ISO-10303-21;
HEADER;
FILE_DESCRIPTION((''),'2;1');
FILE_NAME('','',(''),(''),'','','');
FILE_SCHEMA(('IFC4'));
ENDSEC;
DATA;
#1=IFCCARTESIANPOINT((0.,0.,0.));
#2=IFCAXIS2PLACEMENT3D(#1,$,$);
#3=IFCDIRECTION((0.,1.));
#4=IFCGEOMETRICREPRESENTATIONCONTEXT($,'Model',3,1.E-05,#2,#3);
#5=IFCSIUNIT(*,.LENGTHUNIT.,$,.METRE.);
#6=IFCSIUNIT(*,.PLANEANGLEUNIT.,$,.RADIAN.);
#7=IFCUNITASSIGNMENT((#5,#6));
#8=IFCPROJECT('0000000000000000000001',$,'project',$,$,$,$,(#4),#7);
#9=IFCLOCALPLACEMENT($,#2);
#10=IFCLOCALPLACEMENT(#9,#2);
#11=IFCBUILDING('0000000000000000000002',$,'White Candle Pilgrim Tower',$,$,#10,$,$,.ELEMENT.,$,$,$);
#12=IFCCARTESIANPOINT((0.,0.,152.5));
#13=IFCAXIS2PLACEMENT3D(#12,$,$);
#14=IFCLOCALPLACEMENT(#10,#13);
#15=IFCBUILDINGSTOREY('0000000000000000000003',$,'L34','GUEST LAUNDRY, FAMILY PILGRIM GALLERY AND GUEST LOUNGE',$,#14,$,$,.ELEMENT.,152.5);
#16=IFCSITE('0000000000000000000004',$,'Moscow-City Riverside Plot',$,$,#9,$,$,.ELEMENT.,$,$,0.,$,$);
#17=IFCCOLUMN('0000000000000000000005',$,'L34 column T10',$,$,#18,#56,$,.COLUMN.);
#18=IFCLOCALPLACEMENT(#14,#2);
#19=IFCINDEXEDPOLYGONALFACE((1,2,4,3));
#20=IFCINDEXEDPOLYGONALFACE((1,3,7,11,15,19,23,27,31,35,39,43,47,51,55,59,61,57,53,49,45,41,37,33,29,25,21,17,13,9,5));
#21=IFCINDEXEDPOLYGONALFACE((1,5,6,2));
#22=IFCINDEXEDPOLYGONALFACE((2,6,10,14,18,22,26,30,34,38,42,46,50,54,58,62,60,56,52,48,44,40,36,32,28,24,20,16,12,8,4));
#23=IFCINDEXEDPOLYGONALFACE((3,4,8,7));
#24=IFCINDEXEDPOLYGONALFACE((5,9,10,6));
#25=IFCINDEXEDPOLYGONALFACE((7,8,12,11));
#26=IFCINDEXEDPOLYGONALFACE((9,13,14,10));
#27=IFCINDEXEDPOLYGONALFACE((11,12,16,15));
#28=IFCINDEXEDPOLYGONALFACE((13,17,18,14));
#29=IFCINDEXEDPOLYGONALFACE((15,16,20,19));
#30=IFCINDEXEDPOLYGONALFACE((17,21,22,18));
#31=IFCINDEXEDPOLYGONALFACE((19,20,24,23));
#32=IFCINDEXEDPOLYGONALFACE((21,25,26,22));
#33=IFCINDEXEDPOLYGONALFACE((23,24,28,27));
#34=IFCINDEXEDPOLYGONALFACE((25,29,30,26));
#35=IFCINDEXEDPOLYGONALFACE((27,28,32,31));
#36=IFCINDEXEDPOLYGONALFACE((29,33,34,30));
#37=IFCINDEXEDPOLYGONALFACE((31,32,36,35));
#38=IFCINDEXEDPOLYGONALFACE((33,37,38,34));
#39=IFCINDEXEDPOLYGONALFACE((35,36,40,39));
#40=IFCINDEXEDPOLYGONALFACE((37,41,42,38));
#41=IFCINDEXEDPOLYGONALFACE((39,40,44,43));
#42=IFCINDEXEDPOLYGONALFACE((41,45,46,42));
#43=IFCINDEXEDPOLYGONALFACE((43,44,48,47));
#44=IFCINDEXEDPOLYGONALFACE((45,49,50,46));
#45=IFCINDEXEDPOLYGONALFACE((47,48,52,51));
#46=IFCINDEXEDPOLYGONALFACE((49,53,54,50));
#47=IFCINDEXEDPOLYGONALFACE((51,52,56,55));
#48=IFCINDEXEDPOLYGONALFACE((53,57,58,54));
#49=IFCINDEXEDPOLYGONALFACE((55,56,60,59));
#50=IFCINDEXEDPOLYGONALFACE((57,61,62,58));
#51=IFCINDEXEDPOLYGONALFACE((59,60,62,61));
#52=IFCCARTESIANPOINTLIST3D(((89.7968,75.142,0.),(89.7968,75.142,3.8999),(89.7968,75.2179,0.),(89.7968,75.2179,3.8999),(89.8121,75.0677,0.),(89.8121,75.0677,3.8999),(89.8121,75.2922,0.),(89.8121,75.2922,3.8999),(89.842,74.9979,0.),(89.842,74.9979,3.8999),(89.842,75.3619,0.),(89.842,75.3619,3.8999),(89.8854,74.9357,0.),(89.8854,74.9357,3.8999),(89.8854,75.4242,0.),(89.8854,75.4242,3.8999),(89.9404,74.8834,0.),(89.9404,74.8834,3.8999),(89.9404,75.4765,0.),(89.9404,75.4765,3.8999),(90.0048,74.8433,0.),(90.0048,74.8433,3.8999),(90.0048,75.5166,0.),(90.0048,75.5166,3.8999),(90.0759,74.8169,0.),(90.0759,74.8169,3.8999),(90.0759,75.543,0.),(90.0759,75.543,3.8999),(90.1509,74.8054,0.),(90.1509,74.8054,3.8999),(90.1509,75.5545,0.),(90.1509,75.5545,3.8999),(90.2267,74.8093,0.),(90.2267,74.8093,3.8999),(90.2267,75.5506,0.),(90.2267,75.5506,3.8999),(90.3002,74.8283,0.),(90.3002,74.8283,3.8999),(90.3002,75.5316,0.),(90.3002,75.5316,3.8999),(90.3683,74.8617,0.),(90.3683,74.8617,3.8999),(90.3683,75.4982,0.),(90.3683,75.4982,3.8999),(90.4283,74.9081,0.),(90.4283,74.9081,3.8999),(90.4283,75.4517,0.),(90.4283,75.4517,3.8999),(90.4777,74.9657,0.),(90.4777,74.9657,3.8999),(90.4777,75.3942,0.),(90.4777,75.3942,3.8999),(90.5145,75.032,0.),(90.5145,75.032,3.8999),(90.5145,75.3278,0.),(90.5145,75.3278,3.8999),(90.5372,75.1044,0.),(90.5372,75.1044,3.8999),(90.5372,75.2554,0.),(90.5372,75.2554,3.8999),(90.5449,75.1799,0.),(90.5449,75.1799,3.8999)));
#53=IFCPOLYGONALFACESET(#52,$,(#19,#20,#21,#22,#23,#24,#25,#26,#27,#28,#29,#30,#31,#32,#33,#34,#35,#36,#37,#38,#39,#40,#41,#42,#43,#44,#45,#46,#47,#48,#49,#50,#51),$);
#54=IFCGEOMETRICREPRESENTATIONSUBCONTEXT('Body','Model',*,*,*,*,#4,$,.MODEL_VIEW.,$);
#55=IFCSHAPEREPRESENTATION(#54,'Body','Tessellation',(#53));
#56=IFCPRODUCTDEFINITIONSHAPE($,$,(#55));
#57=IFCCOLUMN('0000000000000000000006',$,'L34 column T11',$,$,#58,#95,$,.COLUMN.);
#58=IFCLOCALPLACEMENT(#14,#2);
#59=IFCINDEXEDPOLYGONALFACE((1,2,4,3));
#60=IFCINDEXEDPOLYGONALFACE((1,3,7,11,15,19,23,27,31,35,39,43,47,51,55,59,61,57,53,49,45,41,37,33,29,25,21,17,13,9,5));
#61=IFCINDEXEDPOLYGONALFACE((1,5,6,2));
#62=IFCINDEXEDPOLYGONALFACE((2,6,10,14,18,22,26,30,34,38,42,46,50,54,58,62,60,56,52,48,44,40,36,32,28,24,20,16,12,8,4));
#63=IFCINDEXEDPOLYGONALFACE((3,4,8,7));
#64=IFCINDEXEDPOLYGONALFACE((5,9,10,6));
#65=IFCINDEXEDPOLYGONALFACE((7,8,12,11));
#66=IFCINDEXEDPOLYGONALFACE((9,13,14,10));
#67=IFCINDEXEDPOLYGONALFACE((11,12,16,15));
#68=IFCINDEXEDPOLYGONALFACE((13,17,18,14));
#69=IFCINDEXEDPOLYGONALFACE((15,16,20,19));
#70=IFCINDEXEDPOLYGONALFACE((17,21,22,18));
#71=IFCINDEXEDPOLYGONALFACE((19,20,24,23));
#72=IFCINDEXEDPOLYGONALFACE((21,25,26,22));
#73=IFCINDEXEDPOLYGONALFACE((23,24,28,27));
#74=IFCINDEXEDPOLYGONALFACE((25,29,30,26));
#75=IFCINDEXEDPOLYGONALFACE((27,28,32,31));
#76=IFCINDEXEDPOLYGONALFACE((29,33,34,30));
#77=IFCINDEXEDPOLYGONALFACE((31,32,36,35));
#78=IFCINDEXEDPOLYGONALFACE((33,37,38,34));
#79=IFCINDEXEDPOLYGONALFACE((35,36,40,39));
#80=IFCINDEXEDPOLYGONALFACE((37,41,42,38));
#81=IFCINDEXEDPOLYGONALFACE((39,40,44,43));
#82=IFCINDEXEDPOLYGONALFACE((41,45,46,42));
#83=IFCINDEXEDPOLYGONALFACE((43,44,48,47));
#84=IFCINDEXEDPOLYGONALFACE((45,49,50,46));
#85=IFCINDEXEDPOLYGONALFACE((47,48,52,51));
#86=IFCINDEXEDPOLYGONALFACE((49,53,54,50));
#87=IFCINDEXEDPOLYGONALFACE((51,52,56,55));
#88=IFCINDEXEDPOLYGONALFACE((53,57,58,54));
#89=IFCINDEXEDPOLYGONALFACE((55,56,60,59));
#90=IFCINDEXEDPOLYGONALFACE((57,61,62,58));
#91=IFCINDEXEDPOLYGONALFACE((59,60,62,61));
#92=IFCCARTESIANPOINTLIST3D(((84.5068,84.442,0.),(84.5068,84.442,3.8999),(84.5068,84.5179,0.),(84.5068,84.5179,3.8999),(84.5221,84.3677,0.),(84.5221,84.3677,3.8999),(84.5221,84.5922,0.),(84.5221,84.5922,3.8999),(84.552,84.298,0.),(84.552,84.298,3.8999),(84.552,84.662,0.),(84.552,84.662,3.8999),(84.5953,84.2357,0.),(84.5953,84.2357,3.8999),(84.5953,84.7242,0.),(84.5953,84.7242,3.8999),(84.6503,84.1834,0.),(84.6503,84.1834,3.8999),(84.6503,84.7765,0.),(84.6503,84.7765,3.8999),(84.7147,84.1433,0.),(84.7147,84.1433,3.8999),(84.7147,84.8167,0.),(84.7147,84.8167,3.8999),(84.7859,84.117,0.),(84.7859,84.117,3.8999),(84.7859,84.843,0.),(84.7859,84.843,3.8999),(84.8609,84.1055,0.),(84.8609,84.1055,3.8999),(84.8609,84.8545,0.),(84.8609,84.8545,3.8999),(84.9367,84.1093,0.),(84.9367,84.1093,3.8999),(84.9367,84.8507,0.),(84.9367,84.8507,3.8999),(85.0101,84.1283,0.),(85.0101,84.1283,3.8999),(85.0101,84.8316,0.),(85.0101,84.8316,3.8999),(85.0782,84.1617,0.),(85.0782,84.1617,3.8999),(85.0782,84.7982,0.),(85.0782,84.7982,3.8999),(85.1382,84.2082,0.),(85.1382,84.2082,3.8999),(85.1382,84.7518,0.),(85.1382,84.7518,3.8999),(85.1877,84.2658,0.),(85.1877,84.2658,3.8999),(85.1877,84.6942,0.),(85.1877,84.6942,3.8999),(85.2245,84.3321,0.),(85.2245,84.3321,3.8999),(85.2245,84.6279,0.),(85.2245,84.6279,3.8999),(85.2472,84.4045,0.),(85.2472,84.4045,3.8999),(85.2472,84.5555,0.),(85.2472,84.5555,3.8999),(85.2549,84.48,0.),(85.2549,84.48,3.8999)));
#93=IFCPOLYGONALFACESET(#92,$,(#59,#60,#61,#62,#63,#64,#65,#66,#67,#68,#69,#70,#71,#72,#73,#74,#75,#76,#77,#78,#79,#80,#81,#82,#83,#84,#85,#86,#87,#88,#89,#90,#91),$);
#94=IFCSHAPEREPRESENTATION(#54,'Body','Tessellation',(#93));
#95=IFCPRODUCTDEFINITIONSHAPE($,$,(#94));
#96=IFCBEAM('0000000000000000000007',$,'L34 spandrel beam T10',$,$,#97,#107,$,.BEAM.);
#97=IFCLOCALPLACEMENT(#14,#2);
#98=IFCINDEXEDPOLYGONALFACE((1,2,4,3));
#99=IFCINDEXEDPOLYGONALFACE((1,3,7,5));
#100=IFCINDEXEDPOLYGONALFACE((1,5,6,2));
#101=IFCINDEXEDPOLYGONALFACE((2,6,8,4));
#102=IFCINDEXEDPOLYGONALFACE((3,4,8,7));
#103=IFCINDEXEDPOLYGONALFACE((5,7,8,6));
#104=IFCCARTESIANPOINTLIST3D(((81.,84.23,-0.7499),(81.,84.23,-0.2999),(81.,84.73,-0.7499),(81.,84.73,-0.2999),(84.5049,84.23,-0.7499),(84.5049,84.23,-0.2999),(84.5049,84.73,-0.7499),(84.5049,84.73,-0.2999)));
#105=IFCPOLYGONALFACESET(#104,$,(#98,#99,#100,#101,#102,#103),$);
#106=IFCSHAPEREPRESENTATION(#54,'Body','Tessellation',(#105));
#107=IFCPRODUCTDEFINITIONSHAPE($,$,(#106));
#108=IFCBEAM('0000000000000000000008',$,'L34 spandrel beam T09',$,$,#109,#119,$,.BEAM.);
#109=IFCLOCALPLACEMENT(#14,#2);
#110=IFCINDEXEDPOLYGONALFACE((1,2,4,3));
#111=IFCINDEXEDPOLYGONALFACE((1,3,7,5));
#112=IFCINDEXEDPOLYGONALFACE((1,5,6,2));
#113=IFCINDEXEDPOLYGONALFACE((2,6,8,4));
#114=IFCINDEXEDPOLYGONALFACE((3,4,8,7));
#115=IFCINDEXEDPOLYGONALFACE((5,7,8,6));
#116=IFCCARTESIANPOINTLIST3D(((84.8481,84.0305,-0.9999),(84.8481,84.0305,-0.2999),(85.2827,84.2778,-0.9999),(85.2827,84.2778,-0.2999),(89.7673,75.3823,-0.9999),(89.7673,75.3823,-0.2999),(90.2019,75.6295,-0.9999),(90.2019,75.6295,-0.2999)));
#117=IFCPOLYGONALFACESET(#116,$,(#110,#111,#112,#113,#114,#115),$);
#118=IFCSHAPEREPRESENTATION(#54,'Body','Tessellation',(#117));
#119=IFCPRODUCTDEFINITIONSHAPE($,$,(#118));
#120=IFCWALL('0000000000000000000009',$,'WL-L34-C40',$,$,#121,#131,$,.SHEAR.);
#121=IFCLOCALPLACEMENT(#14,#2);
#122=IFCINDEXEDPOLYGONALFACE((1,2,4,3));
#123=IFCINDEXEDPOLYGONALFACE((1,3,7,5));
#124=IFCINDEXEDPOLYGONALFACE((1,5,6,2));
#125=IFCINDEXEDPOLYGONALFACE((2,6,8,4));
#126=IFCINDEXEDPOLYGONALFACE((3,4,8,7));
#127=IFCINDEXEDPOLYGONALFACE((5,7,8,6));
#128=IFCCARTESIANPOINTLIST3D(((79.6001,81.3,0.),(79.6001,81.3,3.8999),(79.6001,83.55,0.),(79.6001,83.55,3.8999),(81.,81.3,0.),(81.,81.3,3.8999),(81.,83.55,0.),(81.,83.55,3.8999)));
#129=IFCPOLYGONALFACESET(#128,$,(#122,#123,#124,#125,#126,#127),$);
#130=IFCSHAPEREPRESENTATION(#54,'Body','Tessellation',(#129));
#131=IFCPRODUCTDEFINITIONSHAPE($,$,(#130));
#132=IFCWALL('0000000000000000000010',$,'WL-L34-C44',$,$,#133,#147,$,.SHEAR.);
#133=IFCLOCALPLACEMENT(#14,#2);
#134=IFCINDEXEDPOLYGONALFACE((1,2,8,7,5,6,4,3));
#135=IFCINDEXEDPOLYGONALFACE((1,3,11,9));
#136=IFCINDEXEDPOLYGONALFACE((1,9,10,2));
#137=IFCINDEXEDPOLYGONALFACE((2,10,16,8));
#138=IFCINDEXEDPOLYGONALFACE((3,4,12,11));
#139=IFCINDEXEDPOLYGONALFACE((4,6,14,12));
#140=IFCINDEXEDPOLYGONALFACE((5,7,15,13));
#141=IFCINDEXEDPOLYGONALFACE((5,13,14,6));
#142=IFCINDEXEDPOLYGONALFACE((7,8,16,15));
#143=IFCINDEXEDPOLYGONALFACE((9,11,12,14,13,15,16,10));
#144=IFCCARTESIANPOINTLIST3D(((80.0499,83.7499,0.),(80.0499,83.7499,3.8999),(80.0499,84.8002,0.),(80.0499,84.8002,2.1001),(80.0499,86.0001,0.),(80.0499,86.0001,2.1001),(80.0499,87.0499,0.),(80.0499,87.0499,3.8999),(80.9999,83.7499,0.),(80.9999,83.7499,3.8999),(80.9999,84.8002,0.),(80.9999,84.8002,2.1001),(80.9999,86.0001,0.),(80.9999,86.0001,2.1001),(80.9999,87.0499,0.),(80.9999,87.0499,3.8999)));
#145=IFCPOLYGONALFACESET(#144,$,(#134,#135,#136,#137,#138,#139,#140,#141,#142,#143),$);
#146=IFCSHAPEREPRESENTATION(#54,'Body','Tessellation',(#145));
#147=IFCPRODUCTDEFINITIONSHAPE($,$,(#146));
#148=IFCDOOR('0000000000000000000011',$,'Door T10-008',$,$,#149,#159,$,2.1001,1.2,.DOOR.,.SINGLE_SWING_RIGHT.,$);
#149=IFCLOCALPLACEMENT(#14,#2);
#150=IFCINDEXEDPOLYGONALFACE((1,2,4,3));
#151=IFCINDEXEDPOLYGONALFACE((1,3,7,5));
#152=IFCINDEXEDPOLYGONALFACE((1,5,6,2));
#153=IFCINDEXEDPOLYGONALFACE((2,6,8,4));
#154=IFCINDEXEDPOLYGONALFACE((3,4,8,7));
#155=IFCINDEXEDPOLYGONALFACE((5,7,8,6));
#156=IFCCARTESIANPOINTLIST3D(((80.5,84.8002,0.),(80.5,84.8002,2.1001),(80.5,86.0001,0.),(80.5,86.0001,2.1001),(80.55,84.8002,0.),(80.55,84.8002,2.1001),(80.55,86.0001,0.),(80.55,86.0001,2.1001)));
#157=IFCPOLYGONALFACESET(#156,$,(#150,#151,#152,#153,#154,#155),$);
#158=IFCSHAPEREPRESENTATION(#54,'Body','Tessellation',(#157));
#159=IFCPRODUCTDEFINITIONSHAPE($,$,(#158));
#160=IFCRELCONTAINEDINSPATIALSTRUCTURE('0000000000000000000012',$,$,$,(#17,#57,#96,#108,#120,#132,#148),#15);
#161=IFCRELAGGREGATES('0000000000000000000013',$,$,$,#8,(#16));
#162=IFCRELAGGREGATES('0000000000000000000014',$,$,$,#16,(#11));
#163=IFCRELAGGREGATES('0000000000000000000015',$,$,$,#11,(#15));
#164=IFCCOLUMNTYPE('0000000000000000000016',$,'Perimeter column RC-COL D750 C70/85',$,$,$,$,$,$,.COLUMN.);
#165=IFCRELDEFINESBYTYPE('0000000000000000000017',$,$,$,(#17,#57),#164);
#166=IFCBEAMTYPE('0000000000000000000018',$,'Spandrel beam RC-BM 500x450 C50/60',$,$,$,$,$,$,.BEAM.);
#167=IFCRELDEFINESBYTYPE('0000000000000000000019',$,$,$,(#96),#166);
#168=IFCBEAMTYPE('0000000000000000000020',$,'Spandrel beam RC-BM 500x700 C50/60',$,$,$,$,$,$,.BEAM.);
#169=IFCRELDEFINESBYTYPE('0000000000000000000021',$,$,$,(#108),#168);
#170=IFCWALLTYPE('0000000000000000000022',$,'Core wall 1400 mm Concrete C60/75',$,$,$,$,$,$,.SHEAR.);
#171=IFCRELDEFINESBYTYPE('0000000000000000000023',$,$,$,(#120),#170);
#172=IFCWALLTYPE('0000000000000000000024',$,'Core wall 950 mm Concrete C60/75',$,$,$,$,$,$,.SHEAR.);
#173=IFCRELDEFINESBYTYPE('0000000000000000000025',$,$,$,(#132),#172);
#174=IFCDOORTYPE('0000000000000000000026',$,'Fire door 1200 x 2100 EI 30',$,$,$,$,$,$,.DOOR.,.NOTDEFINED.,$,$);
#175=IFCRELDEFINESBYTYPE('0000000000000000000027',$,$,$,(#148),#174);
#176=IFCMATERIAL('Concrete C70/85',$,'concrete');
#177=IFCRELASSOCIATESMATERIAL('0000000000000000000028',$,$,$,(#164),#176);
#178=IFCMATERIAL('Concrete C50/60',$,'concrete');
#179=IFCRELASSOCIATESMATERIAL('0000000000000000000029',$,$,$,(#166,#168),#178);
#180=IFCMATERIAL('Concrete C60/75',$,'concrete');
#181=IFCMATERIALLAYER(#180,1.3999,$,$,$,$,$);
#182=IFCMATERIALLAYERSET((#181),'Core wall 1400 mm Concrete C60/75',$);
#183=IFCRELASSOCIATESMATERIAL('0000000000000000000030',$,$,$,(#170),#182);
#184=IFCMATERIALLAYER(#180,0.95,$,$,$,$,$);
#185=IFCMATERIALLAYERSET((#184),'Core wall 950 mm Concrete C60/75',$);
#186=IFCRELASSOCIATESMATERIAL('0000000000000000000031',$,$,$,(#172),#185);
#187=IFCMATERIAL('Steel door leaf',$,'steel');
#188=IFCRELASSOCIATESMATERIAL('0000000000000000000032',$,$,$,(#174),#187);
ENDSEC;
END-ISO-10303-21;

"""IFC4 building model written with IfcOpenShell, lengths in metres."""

from ifc_helpers import new_model, si_unit, direction, frame, frame_2d, origin, origin_2d, place, context, subcontext, project, spatial, rectangle, circle, extrude, material, layer, layer_set, material_profile, profile_set, type_object, element, fill, save


model = new_model("IFC4")

# Units and contexts
model_context = context("Model", 3, precision=1e-05, world=origin(), true_north=direction((0.0, 1.0)))
body_context = subcontext(model_context, "Body", "Model", "MODEL_VIEW")
ifc_project = project(units=[si_unit("LENGTHUNIT", "METRE"), si_unit("PLANEANGLEUNIT", "RADIAN")], contexts=[model_context])

# Site, building, storey
site_placement = place(None, origin())
site = spatial("IfcSite", under=ifc_project, at=site_placement, Name="Moscow-City Riverside Plot", CompositionType="ELEMENT", RefElevation=0.0)
building_placement = place(site_placement, origin())
building = spatial("IfcBuilding", under=site, at=building_placement, Name="White Candle Pilgrim Tower", CompositionType="ELEMENT")
storey_placement = place(building_placement, frame((0.0, 0.0, 152.5)))
storey = spatial("IfcBuildingStorey", under=building, at=storey_placement, Name="L34", Description="GUEST LAUNDRY, FAMILY PILGRIM GALLERY AND GUEST LOUNGE", CompositionType="ELEMENT", Elevation=152.5)

# Columns
ifc_material_1 = material(Name="Concrete C70/85", Category="concrete")
ifc_material_profile_1 = material_profile(ifc_material_1, circle(Radius=0.375, at=origin_2d()), Name="RC-COL D750")
ifc_profile_set_1 = profile_set([ifc_material_profile_1], Name="Concrete C70/85")
column_type = type_object("IfcColumnType", Name="Perimeter column RC-COL D750 C70/85", PredefinedType="COLUMN", material=ifc_profile_set_1)
for number, where, z_axis, x_axis, name in (
    (1, (90.1699, 75.1799, 0.0), (0.0, 0.0, 1.0), (1.0, 0.0, 0.0), "L34 column T10"),
    (2, (84.8799, 84.48, 0.0), (0.0, 0.0, 1.0), (1.0, 0.0, 0.0), "L34 column T11"),
):
    element("IfcColumn", number, at=place(storey_placement, frame(where, z_axis=z_axis, x_axis=x_axis)), inside=storey, type_object=column_type, Name=name, PredefinedType="COLUMN", context=body_context, shape_type="SweptSolid", body=[
        extrude(circle(Radius=0.375, at=origin_2d()), origin(), (0.0, 0.0, 1.0), 3.8999),
    ])

# Beams
ifc_material_2 = material(Name="Concrete C50/60", Category="concrete")
ifc_material_profile_2 = material_profile(ifc_material_2, rectangle(XDim=0.5, YDim=0.45, at=origin_2d()), Name="RC-BM 500x450")
ifc_profile_set_2 = profile_set([ifc_material_profile_2], Name="Concrete C50/60")
beam_type_1 = type_object("IfcBeamType", Name="Spandrel beam RC-BM 500x450 C50/60", PredefinedType="BEAM", material=ifc_profile_set_2)
beam_1_placement = place(storey_placement, frame((84.5049, 84.48, -0.5249), z_axis=(-1.0, 0.0, 0.0), x_axis=(0.0, -1.0, 0.0)))
element("IfcBeam", 3, at=beam_1_placement, inside=storey, type_object=beam_type_1, Name="L34 spandrel beam T10", PredefinedType="BEAM", context=body_context, shape_type="SweptSolid", body=[
    extrude(rectangle(XDim=0.5, YDim=0.45, at=origin_2d()), origin(), (0.0, 0.0, 1.0), 3.5049),
])
ifc_material_profile_3 = material_profile(ifc_material_2, rectangle(XDim=0.5, YDim=0.7, at=origin_2d()), Name="RC-BM 500x700")
ifc_profile_set_3 = profile_set([ifc_material_profile_3], Name="Concrete C50/60")
beam_type_2 = type_object("IfcBeamType", Name="Spandrel beam RC-BM 500x700 C50/60", PredefinedType="BEAM", material=ifc_profile_set_3)
beam_2_placement = place(storey_placement, frame((89.9846, 75.5059, -0.6499), z_axis=(-0.494423, 0.869221, 0.0), x_axis=(-0.869221, -0.494423, 0.0)))
element("IfcBeam", 4, at=beam_2_placement, inside=storey, type_object=beam_type_2, Name="L34 spandrel beam T09", PredefinedType="BEAM", context=body_context, shape_type="SweptSolid", body=[
    extrude(rectangle(XDim=0.5, YDim=0.7, at=origin_2d()), origin(), (0.0, 0.0, 1.0), 9.9495),
])

# Wall
ifc_material_3 = material(Name="Concrete C60/75", Category="concrete")
ifc_layer_1 = layer(ifc_material_3, 1.3999)
ifc_layer_set_1 = layer_set([ifc_layer_1], Name="Core wall 1400 mm Concrete C60/75")
wall_type_1 = type_object("IfcWallType", Name="Core wall 1400 mm Concrete C60/75", PredefinedType="SHEAR", material=ifc_layer_set_1)
wall_1_placement = place(storey_placement, frame((80.3, 81.3, 0.0), z_axis=(0.0, 0.0, 1.0), x_axis=(0.0, 1.0, 0.0)))
element("IfcWall", 5, at=wall_1_placement, inside=storey, type_object=wall_type_1, Name="WL-L34-C40", PredefinedType="SHEAR", context=body_context, shape_type="SweptSolid", body=[
    extrude(rectangle(XDim=2.25, YDim=1.3999, at=frame_2d((1.125, 0.0))), origin(), (0.0, 0.0, 1.0), 3.8999),
])

# Wall, opening, door
ifc_layer_2 = layer(ifc_material_3, 0.95)
ifc_layer_set_2 = layer_set([ifc_layer_2], Name="Core wall 950 mm Concrete C60/75")
wall_type_2 = type_object("IfcWallType", Name="Core wall 950 mm Concrete C60/75", PredefinedType="SHEAR", material=ifc_layer_set_2)
wall_2_placement = place(storey_placement, frame((80.5249, 83.75, 0.0), z_axis=(0.0, 0.0, 1.0), x_axis=(0.0, 1.0, 0.0)))
wall_2 = element("IfcWall", 6, at=wall_2_placement, inside=storey, type_object=wall_type_2, Name="WL-L34-C44", PredefinedType="SHEAR", context=body_context, shape_type="SweptSolid", body=[
    extrude(rectangle(XDim=3.3, YDim=0.95, at=frame_2d((1.6499, 0.0))), origin(), (0.0, 0.0, 1.0), 3.8999),
])
opening_1_placement = place(wall_2_placement, frame((1.05, 0.0, 0.0)))
opening_1 = element("IfcOpeningElement", 7, at=opening_1_placement, cuts=wall_2, PredefinedType="OPENING", context=body_context, shape_type="SweptSolid", body=[
    extrude(rectangle(XDim=1.2, YDim=2.1001, at=frame_2d((0.6001, 1.05))), frame((0.0, 0.4849, 0.0), z_axis=(0.0, -1.0, 0.0), x_axis=(1.0, 0.0, 0.0)), (0.0, 0.0, 1.0), 0.97),
])
ifc_material_4 = material(Name="Steel door leaf", Category="steel")
door_type_1 = type_object("IfcDoorType", Name="Fire door 1200 x 2100 EI 30", OperationType="NOTDEFINED", PredefinedType="DOOR", material=ifc_material_4)
door_1_placement = place(opening_1_placement, origin())
door_1 = element("IfcDoor", 8, at=door_1_placement, inside=storey, type_object=door_type_1, Name="Door T10-008", OperationType="SINGLE_SWING_RIGHT", OverallHeight=2.1001, OverallWidth=1.2, PredefinedType="DOOR", context=body_context, shape_type="SweptSolid", body=[
    extrude(rectangle(XDim=1.2, YDim=2.1001, at=frame_2d((0.6001, 1.05))), frame((0.0, 0.0249, 0.0), z_axis=(0.0, -1.0, 0.0), x_axis=(1.0, 0.0, 0.0)), (0.0, 0.0, 1.0), 0.05),
])
fill(opening_1, door_1)

save(model, "model.ifc")
